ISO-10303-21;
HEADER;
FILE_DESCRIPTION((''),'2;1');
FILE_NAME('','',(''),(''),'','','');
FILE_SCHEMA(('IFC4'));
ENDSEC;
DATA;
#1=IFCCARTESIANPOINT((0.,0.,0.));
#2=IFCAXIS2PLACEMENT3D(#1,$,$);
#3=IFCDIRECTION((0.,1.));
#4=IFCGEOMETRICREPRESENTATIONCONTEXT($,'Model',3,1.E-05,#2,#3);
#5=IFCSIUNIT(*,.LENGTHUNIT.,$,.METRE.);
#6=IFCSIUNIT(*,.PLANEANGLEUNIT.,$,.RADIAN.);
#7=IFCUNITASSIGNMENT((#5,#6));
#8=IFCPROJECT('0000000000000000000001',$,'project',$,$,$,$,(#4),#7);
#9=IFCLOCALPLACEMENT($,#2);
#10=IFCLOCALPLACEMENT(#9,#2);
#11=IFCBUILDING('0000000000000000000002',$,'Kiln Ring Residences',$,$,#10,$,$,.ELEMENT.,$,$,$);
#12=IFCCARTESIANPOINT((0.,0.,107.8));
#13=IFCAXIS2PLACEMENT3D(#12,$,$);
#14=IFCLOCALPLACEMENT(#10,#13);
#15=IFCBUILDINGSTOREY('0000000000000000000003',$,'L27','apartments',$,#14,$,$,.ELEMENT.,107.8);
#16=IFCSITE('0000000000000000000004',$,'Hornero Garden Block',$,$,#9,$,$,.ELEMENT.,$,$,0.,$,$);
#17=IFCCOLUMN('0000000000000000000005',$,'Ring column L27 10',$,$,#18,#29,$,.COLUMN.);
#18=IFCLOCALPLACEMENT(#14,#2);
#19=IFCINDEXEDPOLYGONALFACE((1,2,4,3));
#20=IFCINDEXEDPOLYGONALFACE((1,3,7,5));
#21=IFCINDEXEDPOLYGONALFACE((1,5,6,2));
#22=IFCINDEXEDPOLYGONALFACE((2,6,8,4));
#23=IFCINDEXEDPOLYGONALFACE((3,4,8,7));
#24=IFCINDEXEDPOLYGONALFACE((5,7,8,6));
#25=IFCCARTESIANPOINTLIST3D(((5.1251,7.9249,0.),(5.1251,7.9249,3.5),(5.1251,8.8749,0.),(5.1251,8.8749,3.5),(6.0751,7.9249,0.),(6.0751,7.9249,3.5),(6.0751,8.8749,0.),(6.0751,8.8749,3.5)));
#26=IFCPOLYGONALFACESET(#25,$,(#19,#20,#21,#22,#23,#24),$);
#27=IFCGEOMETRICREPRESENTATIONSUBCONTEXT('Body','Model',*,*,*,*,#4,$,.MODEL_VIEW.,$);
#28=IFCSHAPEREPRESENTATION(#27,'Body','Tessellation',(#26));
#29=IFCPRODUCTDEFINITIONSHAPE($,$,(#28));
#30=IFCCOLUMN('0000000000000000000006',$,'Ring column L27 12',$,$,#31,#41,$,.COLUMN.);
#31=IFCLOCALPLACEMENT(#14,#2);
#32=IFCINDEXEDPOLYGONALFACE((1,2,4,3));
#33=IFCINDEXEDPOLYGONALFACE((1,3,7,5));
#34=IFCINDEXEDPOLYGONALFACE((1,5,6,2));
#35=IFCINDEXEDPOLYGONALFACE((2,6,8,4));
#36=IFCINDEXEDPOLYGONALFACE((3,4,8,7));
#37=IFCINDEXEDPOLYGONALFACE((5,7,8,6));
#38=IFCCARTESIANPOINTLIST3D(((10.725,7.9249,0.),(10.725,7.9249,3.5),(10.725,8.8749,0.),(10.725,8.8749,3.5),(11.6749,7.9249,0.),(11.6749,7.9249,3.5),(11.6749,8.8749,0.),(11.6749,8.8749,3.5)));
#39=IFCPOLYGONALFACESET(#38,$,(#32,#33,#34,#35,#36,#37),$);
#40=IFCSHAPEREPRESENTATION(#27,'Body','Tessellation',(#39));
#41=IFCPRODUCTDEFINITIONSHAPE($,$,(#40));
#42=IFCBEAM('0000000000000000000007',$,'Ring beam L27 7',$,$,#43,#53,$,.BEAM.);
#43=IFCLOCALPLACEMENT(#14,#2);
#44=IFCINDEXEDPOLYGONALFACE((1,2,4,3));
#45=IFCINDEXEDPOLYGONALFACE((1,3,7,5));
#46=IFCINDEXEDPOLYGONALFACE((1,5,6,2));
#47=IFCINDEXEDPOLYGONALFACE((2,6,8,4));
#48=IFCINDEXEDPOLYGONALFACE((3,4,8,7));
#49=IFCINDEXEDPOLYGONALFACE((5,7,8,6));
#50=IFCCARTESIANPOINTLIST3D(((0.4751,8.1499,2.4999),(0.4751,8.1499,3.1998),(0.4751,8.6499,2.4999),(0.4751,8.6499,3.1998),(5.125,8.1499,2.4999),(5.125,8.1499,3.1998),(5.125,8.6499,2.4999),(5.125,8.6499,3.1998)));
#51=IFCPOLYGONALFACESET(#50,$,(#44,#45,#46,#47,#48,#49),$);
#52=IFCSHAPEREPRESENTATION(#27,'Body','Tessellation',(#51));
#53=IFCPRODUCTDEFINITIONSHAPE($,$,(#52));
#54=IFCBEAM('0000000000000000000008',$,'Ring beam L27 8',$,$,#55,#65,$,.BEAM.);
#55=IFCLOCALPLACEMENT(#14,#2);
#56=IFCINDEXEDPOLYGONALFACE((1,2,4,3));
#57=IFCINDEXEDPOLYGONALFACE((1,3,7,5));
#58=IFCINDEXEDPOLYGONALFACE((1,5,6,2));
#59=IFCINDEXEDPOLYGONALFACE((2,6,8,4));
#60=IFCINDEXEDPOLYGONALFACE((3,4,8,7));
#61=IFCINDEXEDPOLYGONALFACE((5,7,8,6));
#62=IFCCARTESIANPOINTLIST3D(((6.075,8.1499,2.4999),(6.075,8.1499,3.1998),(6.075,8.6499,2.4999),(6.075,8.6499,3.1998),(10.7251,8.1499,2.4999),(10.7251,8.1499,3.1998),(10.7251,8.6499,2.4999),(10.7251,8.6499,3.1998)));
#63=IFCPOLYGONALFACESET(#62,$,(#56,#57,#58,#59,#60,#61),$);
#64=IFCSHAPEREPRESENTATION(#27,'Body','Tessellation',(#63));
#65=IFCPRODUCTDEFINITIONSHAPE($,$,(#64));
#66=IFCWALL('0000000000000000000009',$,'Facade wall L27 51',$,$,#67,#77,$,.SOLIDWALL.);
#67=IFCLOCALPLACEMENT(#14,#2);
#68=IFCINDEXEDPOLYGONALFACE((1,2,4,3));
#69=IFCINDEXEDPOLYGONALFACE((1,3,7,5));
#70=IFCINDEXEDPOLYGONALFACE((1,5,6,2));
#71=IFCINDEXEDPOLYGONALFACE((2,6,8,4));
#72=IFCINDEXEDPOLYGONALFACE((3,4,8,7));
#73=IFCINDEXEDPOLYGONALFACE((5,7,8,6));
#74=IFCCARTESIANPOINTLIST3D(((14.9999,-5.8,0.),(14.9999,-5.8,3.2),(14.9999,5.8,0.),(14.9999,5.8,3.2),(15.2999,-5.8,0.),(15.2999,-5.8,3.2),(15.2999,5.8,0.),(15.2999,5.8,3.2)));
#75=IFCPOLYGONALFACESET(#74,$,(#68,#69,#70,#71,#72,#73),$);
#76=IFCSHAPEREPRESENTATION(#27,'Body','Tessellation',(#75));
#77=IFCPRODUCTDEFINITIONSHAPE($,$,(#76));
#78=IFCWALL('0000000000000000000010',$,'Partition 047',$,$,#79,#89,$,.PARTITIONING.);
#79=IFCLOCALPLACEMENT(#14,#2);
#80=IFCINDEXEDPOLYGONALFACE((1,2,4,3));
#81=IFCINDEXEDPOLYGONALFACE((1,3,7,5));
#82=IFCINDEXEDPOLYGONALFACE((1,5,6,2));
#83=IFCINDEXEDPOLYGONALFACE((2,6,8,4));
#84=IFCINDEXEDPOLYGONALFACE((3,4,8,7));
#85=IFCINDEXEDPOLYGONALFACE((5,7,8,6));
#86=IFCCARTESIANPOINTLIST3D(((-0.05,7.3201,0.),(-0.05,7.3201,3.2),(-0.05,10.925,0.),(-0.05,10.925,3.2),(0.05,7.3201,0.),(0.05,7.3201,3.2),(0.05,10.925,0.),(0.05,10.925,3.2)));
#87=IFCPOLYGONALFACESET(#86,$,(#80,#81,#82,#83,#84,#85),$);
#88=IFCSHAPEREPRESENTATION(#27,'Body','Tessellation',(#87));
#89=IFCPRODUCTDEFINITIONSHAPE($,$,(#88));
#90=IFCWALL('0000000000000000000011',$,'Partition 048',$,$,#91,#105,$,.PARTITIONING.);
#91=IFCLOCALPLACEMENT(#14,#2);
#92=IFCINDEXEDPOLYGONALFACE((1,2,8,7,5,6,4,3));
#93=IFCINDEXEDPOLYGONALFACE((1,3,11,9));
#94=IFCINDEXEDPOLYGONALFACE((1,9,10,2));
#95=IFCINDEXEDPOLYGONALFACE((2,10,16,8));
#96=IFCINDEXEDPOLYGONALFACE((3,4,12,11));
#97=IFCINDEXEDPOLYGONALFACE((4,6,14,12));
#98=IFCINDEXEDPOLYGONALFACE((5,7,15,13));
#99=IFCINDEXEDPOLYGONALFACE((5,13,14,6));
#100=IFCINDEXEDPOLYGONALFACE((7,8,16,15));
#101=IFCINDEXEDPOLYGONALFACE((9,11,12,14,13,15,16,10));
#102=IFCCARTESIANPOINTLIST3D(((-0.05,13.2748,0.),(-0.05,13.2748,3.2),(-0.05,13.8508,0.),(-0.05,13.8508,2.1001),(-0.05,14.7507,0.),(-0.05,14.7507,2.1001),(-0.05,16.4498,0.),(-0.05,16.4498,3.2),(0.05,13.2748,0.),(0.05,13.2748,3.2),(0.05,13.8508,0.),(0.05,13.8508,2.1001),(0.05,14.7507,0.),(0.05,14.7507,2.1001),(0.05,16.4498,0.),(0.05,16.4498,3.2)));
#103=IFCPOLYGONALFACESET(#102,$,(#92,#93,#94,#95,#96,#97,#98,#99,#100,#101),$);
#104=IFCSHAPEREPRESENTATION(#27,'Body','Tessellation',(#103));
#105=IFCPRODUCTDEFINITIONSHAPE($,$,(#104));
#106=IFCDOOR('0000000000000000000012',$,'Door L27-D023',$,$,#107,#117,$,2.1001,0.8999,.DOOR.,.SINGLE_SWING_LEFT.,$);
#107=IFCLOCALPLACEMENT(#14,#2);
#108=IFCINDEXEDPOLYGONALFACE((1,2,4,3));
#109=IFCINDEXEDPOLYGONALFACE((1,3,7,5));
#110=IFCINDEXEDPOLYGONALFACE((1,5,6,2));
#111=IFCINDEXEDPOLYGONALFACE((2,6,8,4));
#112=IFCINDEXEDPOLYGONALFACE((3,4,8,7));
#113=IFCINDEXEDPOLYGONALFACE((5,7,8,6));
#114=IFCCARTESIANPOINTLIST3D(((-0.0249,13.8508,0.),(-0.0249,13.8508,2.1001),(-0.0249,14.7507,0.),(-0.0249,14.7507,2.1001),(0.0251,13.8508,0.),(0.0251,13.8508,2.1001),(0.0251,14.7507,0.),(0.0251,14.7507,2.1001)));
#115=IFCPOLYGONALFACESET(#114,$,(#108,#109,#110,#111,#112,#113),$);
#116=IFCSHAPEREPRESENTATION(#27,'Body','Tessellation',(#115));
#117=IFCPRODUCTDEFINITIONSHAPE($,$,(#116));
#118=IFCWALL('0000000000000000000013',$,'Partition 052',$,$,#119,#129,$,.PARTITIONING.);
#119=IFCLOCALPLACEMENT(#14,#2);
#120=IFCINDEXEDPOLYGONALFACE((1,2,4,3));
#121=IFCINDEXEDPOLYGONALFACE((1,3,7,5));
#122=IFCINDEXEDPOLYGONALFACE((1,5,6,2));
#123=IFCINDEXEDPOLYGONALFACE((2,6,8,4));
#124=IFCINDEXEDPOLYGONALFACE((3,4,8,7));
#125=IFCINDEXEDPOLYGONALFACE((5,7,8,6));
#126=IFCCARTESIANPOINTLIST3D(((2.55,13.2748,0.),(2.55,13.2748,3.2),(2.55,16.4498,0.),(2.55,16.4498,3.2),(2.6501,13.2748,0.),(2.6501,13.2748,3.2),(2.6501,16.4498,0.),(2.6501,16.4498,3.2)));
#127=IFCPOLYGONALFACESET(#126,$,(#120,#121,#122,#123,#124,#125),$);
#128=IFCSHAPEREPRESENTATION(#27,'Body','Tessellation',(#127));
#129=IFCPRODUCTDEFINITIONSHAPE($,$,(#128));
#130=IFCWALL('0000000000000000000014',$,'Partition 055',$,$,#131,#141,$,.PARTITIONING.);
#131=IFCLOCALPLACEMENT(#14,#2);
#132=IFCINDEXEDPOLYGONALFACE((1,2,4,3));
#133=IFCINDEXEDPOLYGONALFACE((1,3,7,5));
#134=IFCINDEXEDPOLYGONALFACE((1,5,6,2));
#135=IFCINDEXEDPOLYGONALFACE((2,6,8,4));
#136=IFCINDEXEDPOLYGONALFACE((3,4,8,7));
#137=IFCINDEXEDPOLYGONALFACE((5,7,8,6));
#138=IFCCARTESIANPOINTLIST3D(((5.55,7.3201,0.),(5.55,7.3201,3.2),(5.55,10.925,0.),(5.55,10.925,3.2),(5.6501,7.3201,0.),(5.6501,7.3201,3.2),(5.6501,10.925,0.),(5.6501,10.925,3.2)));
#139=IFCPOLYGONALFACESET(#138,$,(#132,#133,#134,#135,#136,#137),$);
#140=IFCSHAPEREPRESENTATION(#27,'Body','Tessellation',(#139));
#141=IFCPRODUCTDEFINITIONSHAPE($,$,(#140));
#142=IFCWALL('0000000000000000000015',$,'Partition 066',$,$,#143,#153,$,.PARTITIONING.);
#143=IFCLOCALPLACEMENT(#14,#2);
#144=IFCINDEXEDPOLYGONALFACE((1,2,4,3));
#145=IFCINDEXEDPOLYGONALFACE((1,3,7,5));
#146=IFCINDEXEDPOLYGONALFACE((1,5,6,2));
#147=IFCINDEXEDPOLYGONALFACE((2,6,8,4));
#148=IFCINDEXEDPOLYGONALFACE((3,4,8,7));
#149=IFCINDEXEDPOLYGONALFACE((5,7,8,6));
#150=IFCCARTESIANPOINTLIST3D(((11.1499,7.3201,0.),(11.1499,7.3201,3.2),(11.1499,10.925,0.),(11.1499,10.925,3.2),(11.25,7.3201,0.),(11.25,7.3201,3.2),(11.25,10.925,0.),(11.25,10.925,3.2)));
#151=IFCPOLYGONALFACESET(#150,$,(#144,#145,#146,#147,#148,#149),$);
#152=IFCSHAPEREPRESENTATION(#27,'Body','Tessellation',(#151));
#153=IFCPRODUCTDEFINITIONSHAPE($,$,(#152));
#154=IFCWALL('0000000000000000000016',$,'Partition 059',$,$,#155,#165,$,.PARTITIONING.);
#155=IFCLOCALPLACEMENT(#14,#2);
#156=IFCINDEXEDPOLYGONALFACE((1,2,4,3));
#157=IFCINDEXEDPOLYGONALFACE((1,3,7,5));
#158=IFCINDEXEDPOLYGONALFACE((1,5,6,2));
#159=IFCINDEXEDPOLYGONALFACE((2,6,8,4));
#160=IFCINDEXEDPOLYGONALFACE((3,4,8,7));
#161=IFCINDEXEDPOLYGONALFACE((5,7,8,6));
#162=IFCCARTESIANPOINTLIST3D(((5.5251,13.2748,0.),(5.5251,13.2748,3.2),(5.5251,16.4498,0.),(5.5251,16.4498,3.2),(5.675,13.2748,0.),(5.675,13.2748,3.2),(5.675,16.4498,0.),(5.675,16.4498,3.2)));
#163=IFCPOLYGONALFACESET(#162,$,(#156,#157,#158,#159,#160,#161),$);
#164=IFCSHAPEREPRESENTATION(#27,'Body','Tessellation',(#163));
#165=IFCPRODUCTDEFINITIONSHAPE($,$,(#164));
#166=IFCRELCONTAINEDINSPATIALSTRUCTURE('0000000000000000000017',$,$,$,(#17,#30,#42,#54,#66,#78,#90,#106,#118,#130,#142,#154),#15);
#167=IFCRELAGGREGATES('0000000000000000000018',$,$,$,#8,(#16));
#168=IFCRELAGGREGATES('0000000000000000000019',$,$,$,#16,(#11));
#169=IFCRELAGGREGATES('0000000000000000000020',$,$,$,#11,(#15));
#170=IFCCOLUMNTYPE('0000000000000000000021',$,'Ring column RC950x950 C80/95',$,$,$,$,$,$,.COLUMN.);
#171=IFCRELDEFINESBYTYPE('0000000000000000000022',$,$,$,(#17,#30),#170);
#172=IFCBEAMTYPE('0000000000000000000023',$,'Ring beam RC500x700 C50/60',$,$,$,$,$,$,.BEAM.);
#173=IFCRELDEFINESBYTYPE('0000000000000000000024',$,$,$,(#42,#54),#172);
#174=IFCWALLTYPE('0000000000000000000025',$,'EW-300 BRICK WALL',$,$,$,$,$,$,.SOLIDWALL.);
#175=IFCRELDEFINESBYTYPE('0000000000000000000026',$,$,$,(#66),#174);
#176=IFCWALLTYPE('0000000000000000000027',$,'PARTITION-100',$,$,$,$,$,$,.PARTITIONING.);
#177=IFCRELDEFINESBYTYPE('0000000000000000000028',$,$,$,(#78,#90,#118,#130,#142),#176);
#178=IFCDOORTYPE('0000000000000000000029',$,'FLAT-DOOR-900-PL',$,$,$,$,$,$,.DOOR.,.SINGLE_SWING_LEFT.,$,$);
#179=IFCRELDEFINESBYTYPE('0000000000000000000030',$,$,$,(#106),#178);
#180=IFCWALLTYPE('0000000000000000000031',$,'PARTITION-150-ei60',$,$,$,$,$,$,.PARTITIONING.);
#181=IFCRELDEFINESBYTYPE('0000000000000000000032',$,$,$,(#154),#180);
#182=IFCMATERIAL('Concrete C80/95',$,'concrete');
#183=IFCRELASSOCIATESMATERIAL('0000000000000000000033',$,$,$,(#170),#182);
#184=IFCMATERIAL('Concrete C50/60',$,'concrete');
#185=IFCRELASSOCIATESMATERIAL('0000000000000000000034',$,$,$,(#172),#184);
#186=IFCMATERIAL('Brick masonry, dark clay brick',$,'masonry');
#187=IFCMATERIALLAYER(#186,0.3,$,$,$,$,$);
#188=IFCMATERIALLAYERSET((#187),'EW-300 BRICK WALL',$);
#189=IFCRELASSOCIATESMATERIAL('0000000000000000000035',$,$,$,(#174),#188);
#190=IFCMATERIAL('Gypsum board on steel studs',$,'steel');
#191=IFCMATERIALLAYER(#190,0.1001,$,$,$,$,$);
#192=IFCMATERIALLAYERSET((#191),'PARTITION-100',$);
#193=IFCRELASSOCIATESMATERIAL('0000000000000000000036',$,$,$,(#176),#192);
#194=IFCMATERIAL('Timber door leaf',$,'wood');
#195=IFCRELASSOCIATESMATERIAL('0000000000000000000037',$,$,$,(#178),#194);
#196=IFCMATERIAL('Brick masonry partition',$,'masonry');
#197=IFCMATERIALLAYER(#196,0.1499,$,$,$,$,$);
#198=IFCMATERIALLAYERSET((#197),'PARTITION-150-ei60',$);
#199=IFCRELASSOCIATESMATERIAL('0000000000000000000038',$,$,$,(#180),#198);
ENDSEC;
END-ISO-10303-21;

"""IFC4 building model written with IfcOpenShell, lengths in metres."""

from ifc_helpers import new_model, si_unit, direction, frame, frame_2d, origin, origin_2d, place, context, subcontext, project, spatial, rectangle, extrude, material, layer, layer_set, material_profile, profile_set, type_object, element, fill, save


model = new_model("IFC4")

# Units and contexts
model_context = context("Model", 3, precision=1e-05, world=origin(), true_north=direction((0.0, 1.0)))
body_context = subcontext(model_context, "Body", "Model", "MODEL_VIEW")
ifc_project = project(units=[si_unit("LENGTHUNIT", "METRE"), si_unit("PLANEANGLEUNIT", "RADIAN")], contexts=[model_context])

# Site, building, storey
site_placement = place(None, origin())
site = spatial("IfcSite", under=ifc_project, at=site_placement, Name="Hornero Garden Block", CompositionType="ELEMENT", RefElevation=0.0)
building_placement = place(site_placement, origin())
building = spatial("IfcBuilding", under=site, at=building_placement, Name="Kiln Ring Residences", CompositionType="ELEMENT")
storey_placement = place(building_placement, frame((0.0, 0.0, 107.8)))
storey = spatial("IfcBuildingStorey", under=building, at=storey_placement, Name="L27", Description="apartments", CompositionType="ELEMENT", Elevation=107.8)

# Columns
ifc_material_1 = material(Name="Concrete C80/95", Category="concrete")
ifc_material_profile_1 = material_profile(ifc_material_1, rectangle(XDim=0.95, YDim=0.95, at=origin_2d()), Name="RC950x950")
ifc_profile_set_1 = profile_set([ifc_material_profile_1], Name="Concrete C80/95")
column_type = type_object("IfcColumnType", Name="Ring column RC950x950 C80/95", PredefinedType="COLUMN", material=ifc_profile_set_1)
for number, where, z_axis, x_axis, name in (
    (1, (5.6001, 8.3999, 0.0), (0.0, 0.0, 1.0), (1.0, 0.0, 0.0), "Ring column L27 10"),
    (2, (11.2, 8.3999, 0.0), (0.0, 0.0, 1.0), (1.0, 0.0, 0.0), "Ring column L27 12"),
):
    element("IfcColumn", number, at=place(storey_placement, frame(where, z_axis=z_axis, x_axis=x_axis)), inside=storey, type_object=column_type, Name=name, PredefinedType="COLUMN", context=body_context, shape_type="SweptSolid", body=[
        extrude(rectangle(XDim=0.95, YDim=0.95, at=origin_2d()), origin(), (0.0, 0.0, 1.0), 3.5),
    ])

# Beams
ifc_material_2 = material(Name="Concrete C50/60", Category="concrete")
ifc_material_profile_2 = material_profile(ifc_material_2, rectangle(XDim=0.5, YDim=0.7, at=origin_2d()), Name="RC500x700")
ifc_profile_set_2 = profile_set([ifc_material_profile_2], Name="Concrete C50/60")
beam_type = type_object("IfcBeamType", Name="Ring beam RC500x700 C50/60", PredefinedType="BEAM", material=ifc_profile_set_2)
beam_1_placement = place(storey_placement, frame((0.4751, 8.3999, 2.8499), z_axis=(1.0, 0.0, 0.0), x_axis=(0.0, 1.0, 0.0)))
element("IfcBeam", 3, at=beam_1_placement, inside=storey, type_object=beam_type, Name="Ring beam L27 7", PredefinedType="BEAM", context=body_context, shape_type="SweptSolid", body=[
    extrude(rectangle(XDim=0.5, YDim=0.7, at=origin_2d()), origin(), (0.0, 0.0, 1.0), 4.6499),
])
beam_2_placement = place(storey_placement, frame((6.075, 8.3999, 2.8499), z_axis=(1.0, 0.0, 0.0), x_axis=(0.0, 1.0, 0.0)))
element("IfcBeam", 4, at=beam_2_placement, inside=storey, type_object=beam_type, Name="Ring beam L27 8", PredefinedType="BEAM", context=body_context, shape_type="SweptSolid", body=[
    extrude(rectangle(XDim=0.5, YDim=0.7, at=origin_2d()), origin(), (0.0, 0.0, 1.0), 4.6501),
])

# Walls
ifc_material_3 = material(Name="Brick masonry, dark clay brick", Category="masonry")
ifc_layer_1 = layer(ifc_material_3, 0.3)
ifc_layer_set_1 = layer_set([ifc_layer_1], Name="EW-300 BRICK WALL")
wall_type_1 = type_object("IfcWallType", Name="EW-300 BRICK WALL", PredefinedType="SOLIDWALL", material=ifc_layer_set_1)
wall_1_placement = place(storey_placement, frame((15.1499, 5.8, 0.0), z_axis=(0.0, 0.0, 1.0), x_axis=(0.0, -1.0, 0.0)))
element("IfcWall", 5, at=wall_1_placement, inside=storey, type_object=wall_type_1, Name="Facade wall L27 51", PredefinedType="SOLIDWALL", context=body_context, shape_type="SweptSolid", body=[
    extrude(rectangle(XDim=11.6001, YDim=0.3, at=frame_2d((5.8, 0.0))), origin(), (0.0, 0.0, 1.0), 3.2),
])
ifc_material_4 = material(Name="Gypsum board on steel studs", Category="steel")
ifc_layer_2 = layer(ifc_material_4, 0.1001)
ifc_layer_set_2 = layer_set([ifc_layer_2], Name="PARTITION-100")
wall_type_2 = type_object("IfcWallType", Name="PARTITION-100", PredefinedType="PARTITIONING", material=ifc_layer_set_2)
wall_2_placement = place(storey_placement, frame((0.0, 7.3201, 0.0), z_axis=(0.0, 0.0, 1.0), x_axis=(0.0, 1.0, 0.0)))
element("IfcWall", 6, at=wall_2_placement, inside=storey, type_object=wall_type_2, Name="Partition 047", PredefinedType="PARTITIONING", context=body_context, shape_type="SweptSolid", body=[
    extrude(rectangle(XDim=3.605, YDim=0.1001, at=frame_2d((1.8025, 0.0))), origin(), (0.0, 0.0, 1.0), 3.2),
])

# Wall, opening, door
wall_3_placement = place(storey_placement, frame((0.0, 13.2749, 0.0), z_axis=(0.0, 0.0, 1.0), x_axis=(0.0, 1.0, 0.0)))
wall_3 = element("IfcWall", 7, at=wall_3_placement, inside=storey, type_object=wall_type_2, Name="Partition 048", PredefinedType="PARTITIONING", context=body_context, shape_type="SweptSolid", body=[
    extrude(rectangle(XDim=3.175, YDim=0.1001, at=frame_2d((1.5874, 0.0))), origin(), (0.0, 0.0, 1.0), 3.2),
])
opening_1_placement = place(wall_3_placement, frame((0.5759, 0.0, 0.0)))
opening_1 = element("IfcOpeningElement", 8, at=opening_1_placement, cuts=wall_3, PredefinedType="OPENING", context=body_context, shape_type="SweptSolid", body=[
    extrude(rectangle(XDim=0.8999, YDim=2.1001, at=frame_2d((0.45, 1.05))), frame((0.0, 0.0601, 0.0), z_axis=(0.0, -1.0, 0.0), x_axis=(1.0, 0.0, 0.0)), (0.0, 0.0, 1.0), 0.1201),
])
ifc_material_5 = material(Name="Timber door leaf", Category="wood")
door_type_1 = type_object("IfcDoorType", Name="FLAT-DOOR-900-PL", OperationType="SINGLE_SWING_LEFT", PredefinedType="DOOR", material=ifc_material_5)
door_1_placement = place(opening_1_placement, origin())
door_1 = element("IfcDoor", 9, at=door_1_placement, inside=storey, type_object=door_type_1, Name="Door L27-D023", OperationType="SINGLE_SWING_LEFT", OverallHeight=2.1001, OverallWidth=0.8999, PredefinedType="DOOR", context=body_context, shape_type="SweptSolid", body=[
    extrude(rectangle(XDim=0.8999, YDim=2.1001, at=frame_2d((0.45, 1.05))), frame((0.0, 0.0249, 0.0), z_axis=(0.0, -1.0, 0.0), x_axis=(1.0, 0.0, 0.0)), (0.0, 0.0, 1.0), 0.05),
])
fill(opening_1, door_1)

# Walls
wall_4_placement = place(storey_placement, frame((2.6001, 13.2749, 0.0), z_axis=(0.0, 0.0, 1.0), x_axis=(0.0, 1.0, 0.0)))
element("IfcWall", 10, at=wall_4_placement, inside=storey, type_object=wall_type_2, Name="Partition 052", PredefinedType="PARTITIONING", context=body_context, shape_type="SweptSolid", body=[
    extrude(rectangle(XDim=3.175, YDim=0.1001, at=frame_2d((1.5874, 0.0))), origin(), (0.0, 0.0, 1.0), 3.2),
])
for number, where, z_axis, x_axis, name in (
    (11, (5.6001, 7.3201, 0.0), (0.0, 0.0, 1.0), (0.0, 1.0, 0.0), "Partition 055"),
    (12, (11.2, 7.3201, 0.0), (0.0, 0.0, 1.0), (0.0, 1.0, 0.0), "Partition 066"),
):
    element("IfcWall", number, at=place(storey_placement, frame(where, z_axis=z_axis, x_axis=x_axis)), inside=storey, type_object=wall_type_2, Name=name, PredefinedType="PARTITIONING", context=body_context, shape_type="SweptSolid", body=[
        extrude(rectangle(XDim=3.605, YDim=0.1001, at=frame_2d((1.8025, 0.0))), origin(), (0.0, 0.0, 1.0), 3.2),
    ])
ifc_material_6 = material(Name="Brick masonry partition", Category="masonry")
ifc_layer_3 = layer(ifc_material_6, 0.1499)
ifc_layer_set_3 = layer_set([ifc_layer_3], Name="PARTITION-150-ei60")
wall_type_3 = type_object("IfcWallType", Name="PARTITION-150-ei60", PredefinedType="PARTITIONING", material=ifc_layer_set_3)
wall_5_placement = place(storey_placement, frame((5.6001, 13.2749, 0.0), z_axis=(0.0, 0.0, 1.0), x_axis=(0.0, 1.0, 0.0)))
element("IfcWall", 13, at=wall_5_placement, inside=storey, type_object=wall_type_3, Name="Partition 059", PredefinedType="PARTITIONING", context=body_context, shape_type="SweptSolid", body=[
    extrude(rectangle(XDim=3.175, YDim=0.1499, at=frame_2d((1.5874, 0.0))), origin(), (0.0, 0.0, 1.0), 3.2),
])

save(model, "model.ifc")
